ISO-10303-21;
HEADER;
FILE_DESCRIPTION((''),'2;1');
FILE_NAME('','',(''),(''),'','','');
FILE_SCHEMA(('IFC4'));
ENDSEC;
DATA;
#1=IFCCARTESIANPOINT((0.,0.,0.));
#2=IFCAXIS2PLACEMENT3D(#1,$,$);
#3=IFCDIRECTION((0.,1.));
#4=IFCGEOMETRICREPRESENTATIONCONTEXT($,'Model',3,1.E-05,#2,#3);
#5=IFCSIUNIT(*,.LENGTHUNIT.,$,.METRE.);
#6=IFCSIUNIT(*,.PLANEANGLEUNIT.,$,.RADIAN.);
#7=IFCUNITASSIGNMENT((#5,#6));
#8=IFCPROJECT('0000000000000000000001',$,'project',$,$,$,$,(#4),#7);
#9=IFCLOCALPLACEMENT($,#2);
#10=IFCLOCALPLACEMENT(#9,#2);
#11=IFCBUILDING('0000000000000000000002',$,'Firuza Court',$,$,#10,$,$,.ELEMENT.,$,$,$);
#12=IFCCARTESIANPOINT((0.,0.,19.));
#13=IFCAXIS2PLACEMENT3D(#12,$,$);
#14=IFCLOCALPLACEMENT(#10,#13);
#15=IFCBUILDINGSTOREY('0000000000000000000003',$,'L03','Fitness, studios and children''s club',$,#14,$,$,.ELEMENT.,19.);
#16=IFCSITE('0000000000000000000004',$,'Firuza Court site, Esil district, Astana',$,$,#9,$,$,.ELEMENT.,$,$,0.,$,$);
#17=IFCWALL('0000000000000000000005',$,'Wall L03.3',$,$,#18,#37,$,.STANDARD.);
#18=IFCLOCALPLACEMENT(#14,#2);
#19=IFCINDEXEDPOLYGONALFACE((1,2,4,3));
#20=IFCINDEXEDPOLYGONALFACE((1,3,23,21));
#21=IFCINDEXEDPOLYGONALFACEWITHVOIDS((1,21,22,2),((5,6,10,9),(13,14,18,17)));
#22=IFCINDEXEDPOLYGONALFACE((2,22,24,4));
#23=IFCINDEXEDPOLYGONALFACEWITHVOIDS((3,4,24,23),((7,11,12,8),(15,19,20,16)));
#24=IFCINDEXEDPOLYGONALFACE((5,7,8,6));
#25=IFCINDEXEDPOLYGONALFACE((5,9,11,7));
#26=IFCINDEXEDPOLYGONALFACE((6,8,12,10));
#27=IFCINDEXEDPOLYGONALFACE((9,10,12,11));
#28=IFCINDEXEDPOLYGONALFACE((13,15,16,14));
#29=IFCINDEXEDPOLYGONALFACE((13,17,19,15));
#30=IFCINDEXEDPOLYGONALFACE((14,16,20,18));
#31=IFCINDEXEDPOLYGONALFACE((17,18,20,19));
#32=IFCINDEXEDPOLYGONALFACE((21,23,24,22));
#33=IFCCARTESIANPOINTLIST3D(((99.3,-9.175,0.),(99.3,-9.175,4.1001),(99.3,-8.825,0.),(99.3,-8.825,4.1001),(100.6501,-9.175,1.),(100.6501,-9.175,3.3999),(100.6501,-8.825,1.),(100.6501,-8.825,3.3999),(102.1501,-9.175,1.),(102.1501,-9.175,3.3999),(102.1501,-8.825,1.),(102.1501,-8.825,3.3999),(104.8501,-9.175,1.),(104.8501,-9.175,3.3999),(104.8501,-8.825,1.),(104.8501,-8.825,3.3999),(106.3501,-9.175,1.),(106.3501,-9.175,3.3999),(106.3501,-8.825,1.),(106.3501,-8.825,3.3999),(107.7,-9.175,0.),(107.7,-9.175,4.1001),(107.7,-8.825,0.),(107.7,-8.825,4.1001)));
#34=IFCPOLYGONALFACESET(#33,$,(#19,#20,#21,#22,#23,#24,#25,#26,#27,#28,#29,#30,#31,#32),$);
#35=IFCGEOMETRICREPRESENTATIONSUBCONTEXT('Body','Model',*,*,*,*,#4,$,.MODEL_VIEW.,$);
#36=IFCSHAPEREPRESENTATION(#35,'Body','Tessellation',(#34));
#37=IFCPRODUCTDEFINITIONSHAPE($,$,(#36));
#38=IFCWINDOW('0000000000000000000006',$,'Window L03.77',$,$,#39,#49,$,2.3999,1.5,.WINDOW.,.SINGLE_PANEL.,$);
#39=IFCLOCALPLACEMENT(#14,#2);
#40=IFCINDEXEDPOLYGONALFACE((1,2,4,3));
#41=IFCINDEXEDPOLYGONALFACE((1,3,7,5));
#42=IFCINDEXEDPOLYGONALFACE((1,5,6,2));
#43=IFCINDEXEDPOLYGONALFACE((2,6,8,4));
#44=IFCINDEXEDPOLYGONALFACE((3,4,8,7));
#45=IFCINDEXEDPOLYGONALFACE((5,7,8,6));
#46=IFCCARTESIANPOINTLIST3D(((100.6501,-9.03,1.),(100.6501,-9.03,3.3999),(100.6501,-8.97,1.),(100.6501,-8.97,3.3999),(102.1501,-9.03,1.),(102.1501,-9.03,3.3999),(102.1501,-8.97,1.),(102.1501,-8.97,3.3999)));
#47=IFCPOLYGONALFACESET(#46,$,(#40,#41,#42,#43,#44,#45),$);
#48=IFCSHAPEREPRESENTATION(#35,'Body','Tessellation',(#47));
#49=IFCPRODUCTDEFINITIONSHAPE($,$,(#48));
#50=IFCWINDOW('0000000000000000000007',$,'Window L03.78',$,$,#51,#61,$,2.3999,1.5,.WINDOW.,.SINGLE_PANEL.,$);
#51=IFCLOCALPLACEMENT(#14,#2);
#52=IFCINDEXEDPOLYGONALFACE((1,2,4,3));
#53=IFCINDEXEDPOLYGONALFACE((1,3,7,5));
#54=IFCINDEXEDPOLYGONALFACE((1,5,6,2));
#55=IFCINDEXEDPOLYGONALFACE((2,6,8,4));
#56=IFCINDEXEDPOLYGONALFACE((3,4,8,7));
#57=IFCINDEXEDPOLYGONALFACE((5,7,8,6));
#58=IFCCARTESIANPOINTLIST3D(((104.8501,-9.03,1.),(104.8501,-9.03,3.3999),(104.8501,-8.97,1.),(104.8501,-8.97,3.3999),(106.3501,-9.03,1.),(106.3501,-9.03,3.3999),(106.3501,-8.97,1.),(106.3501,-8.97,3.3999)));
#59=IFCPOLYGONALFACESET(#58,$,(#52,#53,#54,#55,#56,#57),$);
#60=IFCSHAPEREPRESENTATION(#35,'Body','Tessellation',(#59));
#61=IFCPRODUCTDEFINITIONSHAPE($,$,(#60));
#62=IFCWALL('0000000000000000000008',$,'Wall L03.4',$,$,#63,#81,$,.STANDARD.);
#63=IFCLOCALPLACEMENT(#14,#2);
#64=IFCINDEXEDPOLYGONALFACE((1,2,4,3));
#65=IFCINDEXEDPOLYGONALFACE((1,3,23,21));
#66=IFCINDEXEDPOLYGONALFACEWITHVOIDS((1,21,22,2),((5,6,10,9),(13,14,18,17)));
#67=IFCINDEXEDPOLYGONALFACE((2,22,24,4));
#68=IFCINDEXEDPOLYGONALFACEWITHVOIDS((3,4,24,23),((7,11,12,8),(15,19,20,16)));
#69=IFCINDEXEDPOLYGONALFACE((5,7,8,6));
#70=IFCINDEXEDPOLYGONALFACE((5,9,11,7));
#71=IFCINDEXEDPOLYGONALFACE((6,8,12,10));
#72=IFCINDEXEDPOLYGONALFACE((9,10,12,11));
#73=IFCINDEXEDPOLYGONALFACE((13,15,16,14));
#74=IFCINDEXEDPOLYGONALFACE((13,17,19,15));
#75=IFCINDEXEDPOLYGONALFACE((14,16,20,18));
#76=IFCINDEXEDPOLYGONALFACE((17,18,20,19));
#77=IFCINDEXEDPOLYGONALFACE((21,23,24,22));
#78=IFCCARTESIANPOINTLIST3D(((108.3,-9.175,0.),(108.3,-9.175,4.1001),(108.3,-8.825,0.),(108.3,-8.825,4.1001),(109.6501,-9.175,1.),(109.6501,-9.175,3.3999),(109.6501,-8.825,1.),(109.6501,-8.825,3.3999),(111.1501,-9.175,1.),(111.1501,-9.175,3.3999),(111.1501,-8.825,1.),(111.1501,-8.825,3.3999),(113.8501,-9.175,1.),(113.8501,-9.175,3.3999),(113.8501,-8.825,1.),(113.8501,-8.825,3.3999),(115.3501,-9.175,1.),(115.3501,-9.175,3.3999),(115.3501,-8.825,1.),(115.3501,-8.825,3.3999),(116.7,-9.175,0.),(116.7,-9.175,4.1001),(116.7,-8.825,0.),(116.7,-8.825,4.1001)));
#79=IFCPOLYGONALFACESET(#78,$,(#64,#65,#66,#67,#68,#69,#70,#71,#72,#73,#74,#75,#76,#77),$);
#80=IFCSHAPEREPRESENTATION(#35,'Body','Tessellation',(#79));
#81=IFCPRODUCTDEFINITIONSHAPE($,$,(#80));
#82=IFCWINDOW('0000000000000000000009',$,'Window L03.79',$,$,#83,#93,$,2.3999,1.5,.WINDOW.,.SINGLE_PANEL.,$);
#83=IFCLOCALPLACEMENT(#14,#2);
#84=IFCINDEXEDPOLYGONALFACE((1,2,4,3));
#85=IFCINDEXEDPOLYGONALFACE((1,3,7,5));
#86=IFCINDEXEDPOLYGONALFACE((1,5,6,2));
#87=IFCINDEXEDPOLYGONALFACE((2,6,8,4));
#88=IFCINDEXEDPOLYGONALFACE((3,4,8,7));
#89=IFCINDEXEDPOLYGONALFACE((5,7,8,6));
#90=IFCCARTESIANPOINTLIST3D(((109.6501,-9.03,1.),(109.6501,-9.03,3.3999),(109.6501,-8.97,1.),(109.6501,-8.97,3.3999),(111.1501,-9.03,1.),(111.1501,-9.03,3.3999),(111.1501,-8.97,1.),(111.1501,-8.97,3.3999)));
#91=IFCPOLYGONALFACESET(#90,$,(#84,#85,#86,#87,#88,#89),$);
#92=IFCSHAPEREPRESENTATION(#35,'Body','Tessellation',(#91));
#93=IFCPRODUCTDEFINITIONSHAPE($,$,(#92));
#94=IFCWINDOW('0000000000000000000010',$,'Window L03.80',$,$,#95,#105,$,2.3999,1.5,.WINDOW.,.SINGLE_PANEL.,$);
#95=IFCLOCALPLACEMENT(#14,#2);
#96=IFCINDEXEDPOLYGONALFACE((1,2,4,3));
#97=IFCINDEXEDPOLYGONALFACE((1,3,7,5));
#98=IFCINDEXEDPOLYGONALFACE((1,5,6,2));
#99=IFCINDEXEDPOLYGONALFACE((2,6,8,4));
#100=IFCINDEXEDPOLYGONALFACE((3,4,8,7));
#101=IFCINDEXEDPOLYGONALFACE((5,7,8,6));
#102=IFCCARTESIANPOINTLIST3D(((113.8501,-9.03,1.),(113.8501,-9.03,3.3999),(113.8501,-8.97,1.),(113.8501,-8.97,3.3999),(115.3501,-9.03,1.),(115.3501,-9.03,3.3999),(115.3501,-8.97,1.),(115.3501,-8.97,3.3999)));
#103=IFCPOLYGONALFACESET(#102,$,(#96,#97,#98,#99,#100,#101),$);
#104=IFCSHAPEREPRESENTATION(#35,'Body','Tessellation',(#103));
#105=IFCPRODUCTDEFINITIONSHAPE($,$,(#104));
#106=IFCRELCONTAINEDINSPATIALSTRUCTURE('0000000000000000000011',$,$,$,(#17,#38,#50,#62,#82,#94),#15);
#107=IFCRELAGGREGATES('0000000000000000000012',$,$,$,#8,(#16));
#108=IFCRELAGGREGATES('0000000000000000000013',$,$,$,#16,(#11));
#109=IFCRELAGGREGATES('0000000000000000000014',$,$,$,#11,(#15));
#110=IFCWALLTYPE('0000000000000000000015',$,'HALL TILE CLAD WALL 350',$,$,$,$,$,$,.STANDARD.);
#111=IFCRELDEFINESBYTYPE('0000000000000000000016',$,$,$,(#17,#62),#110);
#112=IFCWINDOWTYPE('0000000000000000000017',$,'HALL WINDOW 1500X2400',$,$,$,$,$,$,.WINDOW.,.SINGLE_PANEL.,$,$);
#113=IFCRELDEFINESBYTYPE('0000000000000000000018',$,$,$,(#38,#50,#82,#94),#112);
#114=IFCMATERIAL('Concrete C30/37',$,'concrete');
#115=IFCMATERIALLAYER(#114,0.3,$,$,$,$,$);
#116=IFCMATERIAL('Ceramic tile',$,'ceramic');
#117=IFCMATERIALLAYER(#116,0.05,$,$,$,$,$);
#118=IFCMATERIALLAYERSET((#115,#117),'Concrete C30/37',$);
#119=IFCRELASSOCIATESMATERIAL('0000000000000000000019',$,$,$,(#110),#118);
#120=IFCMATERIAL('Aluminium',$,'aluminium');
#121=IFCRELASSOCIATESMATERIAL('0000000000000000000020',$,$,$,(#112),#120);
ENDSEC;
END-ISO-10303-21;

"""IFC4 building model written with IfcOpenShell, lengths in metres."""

from ifc_helpers import new_model, si_unit, direction, frame, frame_2d, origin, place, context, subcontext, project, spatial, rectangle, extrude, material, layer, layer_set, type_object, element, fill, save


model = new_model("IFC4")

# Units and contexts
model_context = context("Model", 3, precision=1e-05, world=origin(), true_north=direction((0.0, 1.0)))
body_context = subcontext(model_context, "Body", "Model", "MODEL_VIEW")
ifc_project = project(units=[si_unit("LENGTHUNIT", "METRE"), si_unit("PLANEANGLEUNIT", "RADIAN")], contexts=[model_context])

# Site, building, storey
site_placement = place(None, origin())
site = spatial("IfcSite", under=ifc_project, at=site_placement, Name="Firuza Court site, Esil district, Astana", CompositionType="ELEMENT", RefElevation=0.0)
building_placement = place(site_placement, origin())
building = spatial("IfcBuilding", under=site, at=building_placement, Name="Firuza Court", CompositionType="ELEMENT")
storey_placement = place(building_placement, frame((0.0, 0.0, 19.0)))
storey = spatial("IfcBuildingStorey", under=building, at=storey_placement, Name="L03", Description="Fitness, studios and children's club", CompositionType="ELEMENT", Elevation=19.0)

# Walls, openings, windows
ifc_material_1 = material(Name="Concrete C30/37", Category="concrete")
ifc_layer_1 = layer(ifc_material_1, 0.3)
ifc_material_2 = material(Name="Ceramic tile", Category="ceramic")
ifc_layer_2 = layer(ifc_material_2, 0.05)
ifc_layer_set_1 = layer_set([ifc_layer_1, ifc_layer_2], Name="Concrete C30/37")
wall_type_1 = type_object("IfcWallType", Name="HALL TILE CLAD WALL 350", PredefinedType="STANDARD", material=ifc_layer_set_1)
wall_1_placement = place(storey_placement, frame((99.3, -9.0, 0.0), z_axis=(0.0, 0.0, 1.0), x_axis=(1.0, 0.0, 0.0)))
wall_1 = element("IfcWall", 1, at=wall_1_placement, inside=storey, type_object=wall_type_1, Name="Wall L03.3", PredefinedType="STANDARD", context=body_context, shape_type="SweptSolid", body=[
    extrude(rectangle(XDim=8.3999, YDim=0.3501, at=frame_2d((4.2, 0.0))), origin(), (0.0, 0.0, 1.0), 4.1001),
])
opening_1_placement = place(wall_1_placement, frame((1.3501, 0.0, 1.0)))
opening_1 = element("IfcOpeningElement", 2, at=opening_1_placement, cuts=wall_1, PredefinedType="OPENING", context=body_context, shape_type="SweptSolid", body=[
    extrude(rectangle(XDim=1.5, YDim=2.3999, at=frame_2d((0.75, 1.2))), frame((0.0, 0.187, 0.0), z_axis=(0.0, -1.0, 0.0), x_axis=(1.0, 0.0, 0.0)), (0.0, 0.0, 1.0), 0.374),
])
opening_2_placement = place(wall_1_placement, frame((5.55, 0.0, 1.0)))
opening_2 = element("IfcOpeningElement", 3, at=opening_2_placement, cuts=wall_1, PredefinedType="OPENING", context=body_context, shape_type="SweptSolid", body=[
    extrude(rectangle(XDim=1.5, YDim=2.3999, at=frame_2d((0.75, 1.2))), frame((0.0, 0.187, 0.0), z_axis=(0.0, -1.0, 0.0), x_axis=(1.0, 0.0, 0.0)), (0.0, 0.0, 1.0), 0.374),
])
ifc_material_3 = material(Name="Aluminium", Category="aluminium")
window_type = type_object("IfcWindowType", Name="HALL WINDOW 1500X2400", PartitioningType="SINGLE_PANEL", PredefinedType="WINDOW", material=ifc_material_3)
window_1_placement = place(opening_1_placement, origin())
window_1 = element("IfcWindow", 4, at=window_1_placement, inside=storey, type_object=window_type, Name="Window L03.77", OverallHeight=2.3999, OverallWidth=1.5, PartitioningType="SINGLE_PANEL", PredefinedType="WINDOW", context=body_context, shape_type="SweptSolid", body=[
    extrude(rectangle(XDim=1.5, YDim=2.3999, at=frame_2d((0.75, 1.2))), frame((0.0, 0.03, 0.0), z_axis=(0.0, -1.0, 0.0), x_axis=(1.0, 0.0, 0.0)), (0.0, 0.0, 1.0), 0.0601),
])
fill(opening_1, window_1)
window_2_placement = place(opening_2_placement, origin())
window_2 = element("IfcWindow", 5, at=window_2_placement, inside=storey, type_object=window_type, Name="Window L03.78", OverallHeight=2.3999, OverallWidth=1.5, PartitioningType="SINGLE_PANEL", PredefinedType="WINDOW", context=body_context, shape_type="SweptSolid", body=[
    extrude(rectangle(XDim=1.5, YDim=2.3999, at=frame_2d((0.75, 1.2))), frame((0.0, 0.03, 0.0), z_axis=(0.0, -1.0, 0.0), x_axis=(1.0, 0.0, 0.0)), (0.0, 0.0, 1.0), 0.0601),
])
fill(opening_2, window_2)
wall_2_placement = place(storey_placement, frame((108.3, -9.0, 0.0), z_axis=(0.0, 0.0, 1.0), x_axis=(1.0, 0.0, 0.0)))
wall_2 = element("IfcWall", 6, at=wall_2_placement, inside=storey, type_object=wall_type_1, Name="Wall L03.4", PredefinedType="STANDARD", context=body_context, shape_type="SweptSolid", body=[
    extrude(rectangle(XDim=8.3999, YDim=0.3501, at=frame_2d((4.2, 0.0))), origin(), (0.0, 0.0, 1.0), 4.1001),
])
opening_3_placement = place(wall_2_placement, frame((1.3501, 0.0, 1.0)))
opening_3 = element("IfcOpeningElement", 7, at=opening_3_placement, cuts=wall_2, PredefinedType="OPENING", context=body_context, shape_type="SweptSolid", body=[
    extrude(rectangle(XDim=1.5, YDim=2.3999, at=frame_2d((0.75, 1.2))), frame((0.0, 0.187, 0.0), z_axis=(0.0, -1.0, 0.0), x_axis=(1.0, 0.0, 0.0)), (0.0, 0.0, 1.0), 0.374),
])
opening_4_placement = place(wall_2_placement, frame((5.55, 0.0, 1.0)))
opening_4 = element("IfcOpeningElement", 8, at=opening_4_placement, cuts=wall_2, PredefinedType="OPENING", context=body_context, shape_type="SweptSolid", body=[
    extrude(rectangle(XDim=1.5, YDim=2.3999, at=frame_2d((0.75, 1.2))), frame((0.0, 0.187, 0.0), z_axis=(0.0, -1.0, 0.0), x_axis=(1.0, 0.0, 0.0)), (0.0, 0.0, 1.0), 0.374),
])
window_3_placement = place(opening_3_placement, origin())
window_3 = element("IfcWindow", 9, at=window_3_placement, inside=storey, type_object=window_type, Name="Window L03.79", OverallHeight=2.3999, OverallWidth=1.5, PartitioningType="SINGLE_PANEL", PredefinedType="WINDOW", context=body_context, shape_type="SweptSolid", body=[
    extrude(rectangle(XDim=1.5, YDim=2.3999, at=frame_2d((0.75, 1.2))), frame((0.0, 0.03, 0.0), z_axis=(0.0, -1.0, 0.0), x_axis=(1.0, 0.0, 0.0)), (0.0, 0.0, 1.0), 0.0601),
])
fill(opening_3, window_3)
window_4_placement = place(opening_4_placement, origin())
window_4 = element("IfcWindow", 10, at=window_4_placement, inside=storey, type_object=window_type, Name="Window L03.80", OverallHeight=2.3999, OverallWidth=1.5, PartitioningType="SINGLE_PANEL", PredefinedType="WINDOW", context=body_context, shape_type="SweptSolid", body=[
    extrude(rectangle(XDim=1.5, YDim=2.3999, at=frame_2d((0.75, 1.2))), frame((0.0, 0.03, 0.0), z_axis=(0.0, -1.0, 0.0), x_axis=(1.0, 0.0, 0.0)), (0.0, 0.0, 1.0), 0.0601),
])
fill(opening_4, window_4)

save(model, "model.ifc")
